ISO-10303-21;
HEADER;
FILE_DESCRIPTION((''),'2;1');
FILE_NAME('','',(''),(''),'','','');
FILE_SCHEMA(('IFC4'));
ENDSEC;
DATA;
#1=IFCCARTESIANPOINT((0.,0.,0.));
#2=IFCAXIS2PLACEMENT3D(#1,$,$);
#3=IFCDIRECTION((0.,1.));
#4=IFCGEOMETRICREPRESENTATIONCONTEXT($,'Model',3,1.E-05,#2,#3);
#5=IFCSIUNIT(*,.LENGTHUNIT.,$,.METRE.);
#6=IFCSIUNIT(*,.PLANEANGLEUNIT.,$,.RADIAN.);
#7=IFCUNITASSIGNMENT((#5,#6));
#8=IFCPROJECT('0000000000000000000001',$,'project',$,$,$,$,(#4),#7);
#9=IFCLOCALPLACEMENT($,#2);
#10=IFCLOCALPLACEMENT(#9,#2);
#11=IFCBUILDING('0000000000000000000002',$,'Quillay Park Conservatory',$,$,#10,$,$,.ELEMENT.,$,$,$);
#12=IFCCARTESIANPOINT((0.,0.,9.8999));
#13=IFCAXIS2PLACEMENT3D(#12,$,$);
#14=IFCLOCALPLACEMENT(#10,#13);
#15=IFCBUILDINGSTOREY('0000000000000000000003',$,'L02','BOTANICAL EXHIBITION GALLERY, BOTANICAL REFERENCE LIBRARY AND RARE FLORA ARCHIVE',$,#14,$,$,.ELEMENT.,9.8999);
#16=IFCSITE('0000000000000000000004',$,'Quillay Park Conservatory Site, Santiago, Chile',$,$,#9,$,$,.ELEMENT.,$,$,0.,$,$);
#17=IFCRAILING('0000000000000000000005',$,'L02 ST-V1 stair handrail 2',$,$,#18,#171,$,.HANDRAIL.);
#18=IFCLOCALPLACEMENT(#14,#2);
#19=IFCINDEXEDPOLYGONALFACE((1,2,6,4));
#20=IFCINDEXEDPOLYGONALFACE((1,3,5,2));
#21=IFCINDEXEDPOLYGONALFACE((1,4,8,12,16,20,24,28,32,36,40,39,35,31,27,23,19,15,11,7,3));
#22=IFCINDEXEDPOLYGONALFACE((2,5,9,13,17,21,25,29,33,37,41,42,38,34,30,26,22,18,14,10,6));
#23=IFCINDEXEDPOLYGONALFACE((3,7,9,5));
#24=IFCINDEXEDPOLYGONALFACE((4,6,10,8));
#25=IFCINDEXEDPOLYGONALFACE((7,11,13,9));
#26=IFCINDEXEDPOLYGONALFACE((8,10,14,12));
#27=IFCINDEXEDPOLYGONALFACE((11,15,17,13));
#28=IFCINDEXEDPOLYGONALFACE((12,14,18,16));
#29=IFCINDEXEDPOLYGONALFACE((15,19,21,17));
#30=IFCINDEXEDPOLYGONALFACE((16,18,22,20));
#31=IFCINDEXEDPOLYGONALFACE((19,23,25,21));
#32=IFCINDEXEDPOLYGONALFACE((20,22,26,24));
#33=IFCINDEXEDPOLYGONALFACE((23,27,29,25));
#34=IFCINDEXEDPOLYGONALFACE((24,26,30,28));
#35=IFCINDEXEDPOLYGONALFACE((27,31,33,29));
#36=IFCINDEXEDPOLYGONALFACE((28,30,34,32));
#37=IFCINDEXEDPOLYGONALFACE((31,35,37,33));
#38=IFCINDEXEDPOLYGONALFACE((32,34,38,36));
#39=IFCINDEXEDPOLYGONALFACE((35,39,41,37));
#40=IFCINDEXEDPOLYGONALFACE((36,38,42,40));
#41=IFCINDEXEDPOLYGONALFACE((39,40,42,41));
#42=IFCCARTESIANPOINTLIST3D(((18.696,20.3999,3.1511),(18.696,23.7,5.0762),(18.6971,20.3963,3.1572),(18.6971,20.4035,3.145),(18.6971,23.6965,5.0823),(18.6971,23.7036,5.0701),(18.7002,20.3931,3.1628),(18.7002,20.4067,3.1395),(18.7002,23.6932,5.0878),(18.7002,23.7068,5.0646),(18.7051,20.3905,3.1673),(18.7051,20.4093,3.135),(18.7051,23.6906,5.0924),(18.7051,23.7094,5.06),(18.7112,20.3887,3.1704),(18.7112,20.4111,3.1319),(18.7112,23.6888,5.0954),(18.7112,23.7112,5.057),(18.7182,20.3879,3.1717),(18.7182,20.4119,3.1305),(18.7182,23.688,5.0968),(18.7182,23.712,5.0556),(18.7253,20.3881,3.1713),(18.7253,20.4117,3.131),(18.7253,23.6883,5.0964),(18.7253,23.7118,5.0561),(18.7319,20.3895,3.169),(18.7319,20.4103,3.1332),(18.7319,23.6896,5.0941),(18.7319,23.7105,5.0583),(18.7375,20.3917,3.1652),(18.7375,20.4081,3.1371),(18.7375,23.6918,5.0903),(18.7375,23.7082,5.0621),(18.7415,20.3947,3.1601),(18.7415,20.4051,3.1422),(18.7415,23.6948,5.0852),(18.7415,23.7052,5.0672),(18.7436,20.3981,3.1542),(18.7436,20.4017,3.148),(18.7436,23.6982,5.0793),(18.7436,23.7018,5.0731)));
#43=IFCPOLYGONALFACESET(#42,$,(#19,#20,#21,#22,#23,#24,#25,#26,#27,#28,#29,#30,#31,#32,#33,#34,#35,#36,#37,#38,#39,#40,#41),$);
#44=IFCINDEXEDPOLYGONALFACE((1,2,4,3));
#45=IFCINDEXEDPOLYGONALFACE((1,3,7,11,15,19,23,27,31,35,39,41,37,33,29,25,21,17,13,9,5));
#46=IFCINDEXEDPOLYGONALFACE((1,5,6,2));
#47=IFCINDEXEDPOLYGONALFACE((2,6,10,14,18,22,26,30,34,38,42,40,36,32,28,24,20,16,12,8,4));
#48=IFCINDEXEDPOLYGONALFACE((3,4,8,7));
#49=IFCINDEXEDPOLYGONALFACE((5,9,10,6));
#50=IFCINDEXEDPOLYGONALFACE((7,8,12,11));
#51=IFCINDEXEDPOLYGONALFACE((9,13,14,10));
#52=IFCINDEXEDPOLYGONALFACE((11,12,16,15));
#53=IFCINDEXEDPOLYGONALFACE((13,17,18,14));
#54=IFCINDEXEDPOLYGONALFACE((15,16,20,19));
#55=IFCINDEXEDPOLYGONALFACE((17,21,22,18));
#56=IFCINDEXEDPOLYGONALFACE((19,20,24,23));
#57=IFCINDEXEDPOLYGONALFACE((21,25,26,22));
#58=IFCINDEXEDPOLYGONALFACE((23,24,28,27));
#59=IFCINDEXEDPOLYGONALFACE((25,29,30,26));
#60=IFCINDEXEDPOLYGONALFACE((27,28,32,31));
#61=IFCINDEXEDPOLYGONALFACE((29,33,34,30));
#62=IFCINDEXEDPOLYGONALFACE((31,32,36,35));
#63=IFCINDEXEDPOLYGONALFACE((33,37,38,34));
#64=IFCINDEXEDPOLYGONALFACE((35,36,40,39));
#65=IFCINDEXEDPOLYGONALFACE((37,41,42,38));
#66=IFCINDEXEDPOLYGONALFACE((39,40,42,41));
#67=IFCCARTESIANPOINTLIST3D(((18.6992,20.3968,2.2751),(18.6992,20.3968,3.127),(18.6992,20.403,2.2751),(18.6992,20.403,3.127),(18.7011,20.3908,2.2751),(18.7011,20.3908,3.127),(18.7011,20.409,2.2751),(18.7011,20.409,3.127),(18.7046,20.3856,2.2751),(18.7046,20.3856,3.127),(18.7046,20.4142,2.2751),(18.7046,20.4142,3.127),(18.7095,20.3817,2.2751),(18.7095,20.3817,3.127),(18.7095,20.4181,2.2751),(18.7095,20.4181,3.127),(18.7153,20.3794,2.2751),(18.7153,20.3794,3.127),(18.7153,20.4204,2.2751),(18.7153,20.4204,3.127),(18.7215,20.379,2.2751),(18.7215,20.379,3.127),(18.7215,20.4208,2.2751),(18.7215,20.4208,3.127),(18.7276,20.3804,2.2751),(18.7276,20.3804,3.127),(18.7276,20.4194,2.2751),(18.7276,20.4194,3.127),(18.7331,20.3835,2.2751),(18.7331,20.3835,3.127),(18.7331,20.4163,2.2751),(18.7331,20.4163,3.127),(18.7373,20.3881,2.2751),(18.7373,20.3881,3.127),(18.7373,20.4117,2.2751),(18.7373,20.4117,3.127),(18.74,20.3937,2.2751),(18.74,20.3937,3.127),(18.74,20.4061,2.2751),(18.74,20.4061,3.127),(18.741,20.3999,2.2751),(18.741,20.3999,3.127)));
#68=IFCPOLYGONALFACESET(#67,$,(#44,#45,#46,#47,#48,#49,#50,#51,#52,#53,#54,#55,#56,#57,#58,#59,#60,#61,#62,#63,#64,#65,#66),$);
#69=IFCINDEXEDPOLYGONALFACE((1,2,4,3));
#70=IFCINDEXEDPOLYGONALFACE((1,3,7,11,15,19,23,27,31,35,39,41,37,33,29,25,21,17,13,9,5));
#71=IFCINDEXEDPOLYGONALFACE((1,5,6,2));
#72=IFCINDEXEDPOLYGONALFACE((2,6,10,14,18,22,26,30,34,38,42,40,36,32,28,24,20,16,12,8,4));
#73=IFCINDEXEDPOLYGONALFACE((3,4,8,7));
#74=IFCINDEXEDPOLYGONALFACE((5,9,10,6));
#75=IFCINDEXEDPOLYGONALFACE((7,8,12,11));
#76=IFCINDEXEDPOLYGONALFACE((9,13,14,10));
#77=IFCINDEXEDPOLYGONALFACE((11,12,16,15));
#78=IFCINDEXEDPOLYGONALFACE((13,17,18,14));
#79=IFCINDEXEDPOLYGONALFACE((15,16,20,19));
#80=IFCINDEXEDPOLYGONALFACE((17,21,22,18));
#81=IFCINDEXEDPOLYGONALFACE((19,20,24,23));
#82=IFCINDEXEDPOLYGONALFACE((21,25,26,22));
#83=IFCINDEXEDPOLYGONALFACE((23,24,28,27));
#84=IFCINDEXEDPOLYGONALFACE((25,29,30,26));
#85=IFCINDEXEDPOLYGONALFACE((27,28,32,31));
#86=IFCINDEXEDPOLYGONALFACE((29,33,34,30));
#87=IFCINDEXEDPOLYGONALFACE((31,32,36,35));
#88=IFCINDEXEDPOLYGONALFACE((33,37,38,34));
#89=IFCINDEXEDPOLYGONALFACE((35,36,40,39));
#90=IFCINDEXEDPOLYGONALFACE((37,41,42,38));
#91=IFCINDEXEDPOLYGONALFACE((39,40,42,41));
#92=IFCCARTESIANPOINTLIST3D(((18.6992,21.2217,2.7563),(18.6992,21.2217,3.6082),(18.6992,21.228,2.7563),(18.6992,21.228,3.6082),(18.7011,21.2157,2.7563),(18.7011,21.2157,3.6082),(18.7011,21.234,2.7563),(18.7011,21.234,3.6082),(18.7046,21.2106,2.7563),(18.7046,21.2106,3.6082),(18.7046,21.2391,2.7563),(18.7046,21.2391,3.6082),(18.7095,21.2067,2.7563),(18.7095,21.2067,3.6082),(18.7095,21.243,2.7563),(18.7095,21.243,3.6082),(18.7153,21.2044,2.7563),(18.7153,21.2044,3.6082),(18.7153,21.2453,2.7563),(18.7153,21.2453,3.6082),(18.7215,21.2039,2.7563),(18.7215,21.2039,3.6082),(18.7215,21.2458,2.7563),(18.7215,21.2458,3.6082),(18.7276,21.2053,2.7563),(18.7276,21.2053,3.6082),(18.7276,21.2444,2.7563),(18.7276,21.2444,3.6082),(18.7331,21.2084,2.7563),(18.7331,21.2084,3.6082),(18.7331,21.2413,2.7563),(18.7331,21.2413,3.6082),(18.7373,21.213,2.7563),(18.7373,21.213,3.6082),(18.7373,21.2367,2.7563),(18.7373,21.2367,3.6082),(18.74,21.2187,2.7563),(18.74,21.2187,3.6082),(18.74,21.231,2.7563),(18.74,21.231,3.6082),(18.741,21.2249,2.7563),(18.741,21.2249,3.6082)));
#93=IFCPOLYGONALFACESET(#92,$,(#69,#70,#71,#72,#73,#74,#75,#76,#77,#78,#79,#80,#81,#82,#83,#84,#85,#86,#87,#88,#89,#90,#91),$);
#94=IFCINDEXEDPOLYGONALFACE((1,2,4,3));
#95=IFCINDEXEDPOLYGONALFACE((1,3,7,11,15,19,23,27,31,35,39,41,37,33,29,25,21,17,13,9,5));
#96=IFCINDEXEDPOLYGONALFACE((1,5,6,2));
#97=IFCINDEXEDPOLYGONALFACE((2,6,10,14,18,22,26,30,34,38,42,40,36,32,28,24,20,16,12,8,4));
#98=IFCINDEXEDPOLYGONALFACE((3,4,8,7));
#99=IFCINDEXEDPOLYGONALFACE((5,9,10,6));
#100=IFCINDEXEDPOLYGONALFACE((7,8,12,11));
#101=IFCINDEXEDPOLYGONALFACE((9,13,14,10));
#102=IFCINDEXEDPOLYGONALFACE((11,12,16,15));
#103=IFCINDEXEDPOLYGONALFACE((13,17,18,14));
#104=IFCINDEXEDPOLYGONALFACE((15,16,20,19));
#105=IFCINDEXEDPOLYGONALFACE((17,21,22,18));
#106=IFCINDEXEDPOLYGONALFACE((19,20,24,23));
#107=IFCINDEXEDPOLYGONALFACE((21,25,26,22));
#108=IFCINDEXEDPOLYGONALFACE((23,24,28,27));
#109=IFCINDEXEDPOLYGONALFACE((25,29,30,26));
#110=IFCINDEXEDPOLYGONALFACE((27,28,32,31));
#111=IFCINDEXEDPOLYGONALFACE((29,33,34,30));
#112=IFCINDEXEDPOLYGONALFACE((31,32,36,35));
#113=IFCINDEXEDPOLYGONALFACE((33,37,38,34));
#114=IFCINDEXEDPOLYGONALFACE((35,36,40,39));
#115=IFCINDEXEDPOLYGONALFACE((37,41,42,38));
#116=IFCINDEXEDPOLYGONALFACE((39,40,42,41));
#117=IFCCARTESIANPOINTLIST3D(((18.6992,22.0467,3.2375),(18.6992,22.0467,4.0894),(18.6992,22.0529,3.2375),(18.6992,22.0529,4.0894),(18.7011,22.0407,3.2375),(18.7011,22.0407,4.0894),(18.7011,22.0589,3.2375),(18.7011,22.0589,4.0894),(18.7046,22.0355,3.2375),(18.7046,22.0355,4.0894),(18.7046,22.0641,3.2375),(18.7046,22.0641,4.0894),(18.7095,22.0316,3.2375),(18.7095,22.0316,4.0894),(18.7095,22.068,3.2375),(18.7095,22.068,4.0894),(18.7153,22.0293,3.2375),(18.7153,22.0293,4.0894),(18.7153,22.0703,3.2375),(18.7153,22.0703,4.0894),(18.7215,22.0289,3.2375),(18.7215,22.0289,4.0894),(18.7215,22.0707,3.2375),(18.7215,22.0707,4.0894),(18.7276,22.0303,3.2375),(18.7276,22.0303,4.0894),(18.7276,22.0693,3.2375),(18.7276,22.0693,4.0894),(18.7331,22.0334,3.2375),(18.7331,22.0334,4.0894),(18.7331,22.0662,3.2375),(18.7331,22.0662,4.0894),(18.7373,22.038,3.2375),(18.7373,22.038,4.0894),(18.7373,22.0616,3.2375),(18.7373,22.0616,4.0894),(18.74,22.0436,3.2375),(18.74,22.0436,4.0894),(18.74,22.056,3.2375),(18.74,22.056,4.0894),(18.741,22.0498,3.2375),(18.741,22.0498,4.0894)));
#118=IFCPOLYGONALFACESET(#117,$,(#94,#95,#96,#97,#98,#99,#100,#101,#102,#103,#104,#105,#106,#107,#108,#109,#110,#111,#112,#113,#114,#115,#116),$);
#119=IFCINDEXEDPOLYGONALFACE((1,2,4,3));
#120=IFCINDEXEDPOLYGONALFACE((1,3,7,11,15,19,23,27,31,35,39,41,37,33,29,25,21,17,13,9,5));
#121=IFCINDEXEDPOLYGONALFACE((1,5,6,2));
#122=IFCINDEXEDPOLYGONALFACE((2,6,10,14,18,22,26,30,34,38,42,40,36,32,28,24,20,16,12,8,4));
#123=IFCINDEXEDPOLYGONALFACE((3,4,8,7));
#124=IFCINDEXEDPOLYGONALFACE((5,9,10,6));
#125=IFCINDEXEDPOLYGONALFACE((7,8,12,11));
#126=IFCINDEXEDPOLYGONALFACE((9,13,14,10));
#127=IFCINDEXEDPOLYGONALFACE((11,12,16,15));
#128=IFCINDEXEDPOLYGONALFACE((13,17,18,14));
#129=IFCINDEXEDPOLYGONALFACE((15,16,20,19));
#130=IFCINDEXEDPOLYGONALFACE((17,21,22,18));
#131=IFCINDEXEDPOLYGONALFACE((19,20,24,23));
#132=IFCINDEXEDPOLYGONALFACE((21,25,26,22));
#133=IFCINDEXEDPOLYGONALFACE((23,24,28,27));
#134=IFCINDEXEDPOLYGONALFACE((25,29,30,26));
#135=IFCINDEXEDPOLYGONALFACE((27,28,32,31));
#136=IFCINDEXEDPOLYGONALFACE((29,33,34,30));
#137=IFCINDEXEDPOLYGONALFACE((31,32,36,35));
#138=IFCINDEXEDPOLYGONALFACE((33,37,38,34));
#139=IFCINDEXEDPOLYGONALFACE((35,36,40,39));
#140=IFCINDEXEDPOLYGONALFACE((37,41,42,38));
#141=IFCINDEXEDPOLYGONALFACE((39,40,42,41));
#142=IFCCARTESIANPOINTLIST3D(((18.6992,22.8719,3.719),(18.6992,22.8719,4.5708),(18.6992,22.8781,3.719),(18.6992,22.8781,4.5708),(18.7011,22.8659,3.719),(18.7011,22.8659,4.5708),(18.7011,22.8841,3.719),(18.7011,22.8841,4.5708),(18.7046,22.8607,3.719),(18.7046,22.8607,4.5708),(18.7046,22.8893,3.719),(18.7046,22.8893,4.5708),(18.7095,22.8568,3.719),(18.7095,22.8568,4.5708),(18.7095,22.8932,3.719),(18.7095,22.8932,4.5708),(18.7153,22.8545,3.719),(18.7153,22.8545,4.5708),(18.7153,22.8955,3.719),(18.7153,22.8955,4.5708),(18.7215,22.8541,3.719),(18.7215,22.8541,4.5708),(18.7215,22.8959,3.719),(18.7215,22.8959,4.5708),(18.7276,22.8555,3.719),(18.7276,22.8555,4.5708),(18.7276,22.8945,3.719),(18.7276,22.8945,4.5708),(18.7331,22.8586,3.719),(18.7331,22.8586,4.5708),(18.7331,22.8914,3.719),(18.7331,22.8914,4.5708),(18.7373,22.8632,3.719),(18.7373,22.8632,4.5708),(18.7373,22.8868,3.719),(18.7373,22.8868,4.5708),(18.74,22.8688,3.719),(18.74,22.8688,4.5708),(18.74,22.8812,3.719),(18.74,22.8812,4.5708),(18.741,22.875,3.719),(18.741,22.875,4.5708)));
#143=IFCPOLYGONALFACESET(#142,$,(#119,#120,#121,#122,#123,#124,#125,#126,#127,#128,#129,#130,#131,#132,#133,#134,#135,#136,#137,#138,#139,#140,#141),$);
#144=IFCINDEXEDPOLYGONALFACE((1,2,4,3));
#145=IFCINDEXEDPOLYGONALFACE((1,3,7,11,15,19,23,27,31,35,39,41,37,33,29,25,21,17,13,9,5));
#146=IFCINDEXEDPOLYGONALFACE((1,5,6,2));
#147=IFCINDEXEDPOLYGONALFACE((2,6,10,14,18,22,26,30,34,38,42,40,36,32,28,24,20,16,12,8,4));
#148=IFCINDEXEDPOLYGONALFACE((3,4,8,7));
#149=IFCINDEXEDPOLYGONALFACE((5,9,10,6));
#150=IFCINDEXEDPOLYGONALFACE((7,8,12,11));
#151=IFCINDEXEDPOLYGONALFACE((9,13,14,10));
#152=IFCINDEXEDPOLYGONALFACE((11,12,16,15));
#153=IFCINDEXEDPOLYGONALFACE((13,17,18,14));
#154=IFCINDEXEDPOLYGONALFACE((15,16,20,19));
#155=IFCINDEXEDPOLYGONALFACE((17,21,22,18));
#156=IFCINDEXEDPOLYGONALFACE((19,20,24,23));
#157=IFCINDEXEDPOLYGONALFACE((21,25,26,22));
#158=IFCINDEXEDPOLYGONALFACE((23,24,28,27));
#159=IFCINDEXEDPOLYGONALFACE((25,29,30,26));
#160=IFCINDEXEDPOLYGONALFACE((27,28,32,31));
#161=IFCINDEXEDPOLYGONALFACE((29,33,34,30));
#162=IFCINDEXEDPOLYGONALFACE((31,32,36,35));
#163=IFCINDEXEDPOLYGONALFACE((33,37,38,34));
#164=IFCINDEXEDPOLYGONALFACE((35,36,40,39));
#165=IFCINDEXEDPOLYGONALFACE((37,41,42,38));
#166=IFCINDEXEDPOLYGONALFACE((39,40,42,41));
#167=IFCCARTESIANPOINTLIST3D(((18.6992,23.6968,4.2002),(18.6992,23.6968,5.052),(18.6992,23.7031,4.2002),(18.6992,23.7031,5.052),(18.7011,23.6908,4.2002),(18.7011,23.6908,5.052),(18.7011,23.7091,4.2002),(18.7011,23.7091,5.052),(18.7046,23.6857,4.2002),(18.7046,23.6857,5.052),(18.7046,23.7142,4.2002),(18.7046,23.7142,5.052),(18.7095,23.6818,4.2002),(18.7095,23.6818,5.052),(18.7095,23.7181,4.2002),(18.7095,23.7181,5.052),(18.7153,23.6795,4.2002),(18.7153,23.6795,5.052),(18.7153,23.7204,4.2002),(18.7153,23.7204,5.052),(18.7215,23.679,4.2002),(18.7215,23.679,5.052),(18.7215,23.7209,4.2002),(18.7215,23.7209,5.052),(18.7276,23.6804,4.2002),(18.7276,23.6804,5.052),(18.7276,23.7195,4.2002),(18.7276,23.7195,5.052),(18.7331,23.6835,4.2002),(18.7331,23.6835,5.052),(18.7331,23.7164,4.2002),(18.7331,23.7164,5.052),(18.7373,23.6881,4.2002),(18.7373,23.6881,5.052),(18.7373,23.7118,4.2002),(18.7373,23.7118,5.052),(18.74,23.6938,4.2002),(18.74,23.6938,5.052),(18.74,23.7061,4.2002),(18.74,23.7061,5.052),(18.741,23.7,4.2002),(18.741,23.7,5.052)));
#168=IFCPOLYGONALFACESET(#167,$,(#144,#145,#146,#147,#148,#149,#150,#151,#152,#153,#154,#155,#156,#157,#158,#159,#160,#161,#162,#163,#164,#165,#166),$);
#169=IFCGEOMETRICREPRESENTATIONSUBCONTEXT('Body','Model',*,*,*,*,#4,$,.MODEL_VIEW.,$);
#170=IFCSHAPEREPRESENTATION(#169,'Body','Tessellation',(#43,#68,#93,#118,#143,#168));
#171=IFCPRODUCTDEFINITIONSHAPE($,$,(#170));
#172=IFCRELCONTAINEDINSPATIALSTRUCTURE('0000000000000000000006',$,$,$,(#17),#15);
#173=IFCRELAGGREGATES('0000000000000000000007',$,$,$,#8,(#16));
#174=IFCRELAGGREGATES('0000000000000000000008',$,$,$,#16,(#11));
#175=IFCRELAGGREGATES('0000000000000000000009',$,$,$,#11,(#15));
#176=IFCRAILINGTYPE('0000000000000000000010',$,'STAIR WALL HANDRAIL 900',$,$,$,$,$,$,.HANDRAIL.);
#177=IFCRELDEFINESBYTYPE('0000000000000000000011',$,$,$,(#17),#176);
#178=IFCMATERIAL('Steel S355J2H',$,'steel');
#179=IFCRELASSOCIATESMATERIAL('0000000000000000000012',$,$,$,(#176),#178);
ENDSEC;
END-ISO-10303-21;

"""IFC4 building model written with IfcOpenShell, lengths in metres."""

from ifc_helpers import new_model, si_unit, direction, frame, origin, origin_2d, place, context, subcontext, project, spatial, circle, extrude, material, type_object, element, save


model = new_model("IFC4")

# Units and contexts
model_context = context("Model", 3, precision=1e-05, world=origin(), true_north=direction((0.0, 1.0)))
body_context = subcontext(model_context, "Body", "Model", "MODEL_VIEW")
ifc_project = project(units=[si_unit("LENGTHUNIT", "METRE"), si_unit("PLANEANGLEUNIT", "RADIAN")], contexts=[model_context])

# Site, building, storey
site_placement = place(None, origin())
site = spatial("IfcSite", under=ifc_project, at=site_placement, Name="Quillay Park Conservatory Site, Santiago, Chile", CompositionType="ELEMENT", RefElevation=0.0)
building_placement = place(site_placement, origin())
building = spatial("IfcBuilding", under=site, at=building_placement, Name="Quillay Park Conservatory", CompositionType="ELEMENT")
storey_placement = place(building_placement, frame((0.0, 0.0, 9.8999)))
storey = spatial("IfcBuildingStorey", under=building, at=storey_placement, Name="L02", Description="BOTANICAL EXHIBITION GALLERY, BOTANICAL REFERENCE LIBRARY AND RARE FLORA ARCHIVE", CompositionType="ELEMENT", Elevation=9.8999)

# Railing
ifc_material_1 = material(Name="Steel S355J2H", Category="steel")
railing_type_1 = type_object("IfcRailingType", Name="STAIR WALL HANDRAIL 900", PredefinedType="HANDRAIL", material=ifc_material_1)
railing_1_placement = place(storey_placement, frame((18.72, 20.3999, 2.2751)))
element("IfcRailing", 1, at=railing_1_placement, inside=storey, type_object=railing_type_1, Name="L02 ST-V1 stair handrail 2", PredefinedType="HANDRAIL", context=body_context, shape_type="SweptSolid", body=[
    extrude(circle(Radius=0.0239, at=origin_2d()), frame((0.0, 0.0, 0.876), z_axis=(0.0, 0.863777, 0.503875), x_axis=(-1.0, 0.0, 0.0)), (0.0, 0.0, 1.0), 3.8206),
    extrude(circle(Radius=0.021, at=origin_2d()), origin(), (0.0, 0.0, 1.0), 0.8518),
    extrude(circle(Radius=0.021, at=origin_2d()), frame((0.0, 0.825, 0.4812)), (0.0, 0.0, 1.0), 0.8518),
    extrude(circle(Radius=0.021, at=origin_2d()), frame((0.0, 1.6499, 0.9624)), (0.0, 0.0, 1.0), 0.8518),
    extrude(circle(Radius=0.021, at=origin_2d()), frame((0.0, 2.4751, 1.4438)), (0.0, 0.0, 1.0), 0.8518),
    extrude(circle(Radius=0.021, at=origin_2d()), frame((0.0, 3.3, 1.925)), (0.0, 0.0, 1.0), 0.8518),
])

save(model, "model.ifc")
